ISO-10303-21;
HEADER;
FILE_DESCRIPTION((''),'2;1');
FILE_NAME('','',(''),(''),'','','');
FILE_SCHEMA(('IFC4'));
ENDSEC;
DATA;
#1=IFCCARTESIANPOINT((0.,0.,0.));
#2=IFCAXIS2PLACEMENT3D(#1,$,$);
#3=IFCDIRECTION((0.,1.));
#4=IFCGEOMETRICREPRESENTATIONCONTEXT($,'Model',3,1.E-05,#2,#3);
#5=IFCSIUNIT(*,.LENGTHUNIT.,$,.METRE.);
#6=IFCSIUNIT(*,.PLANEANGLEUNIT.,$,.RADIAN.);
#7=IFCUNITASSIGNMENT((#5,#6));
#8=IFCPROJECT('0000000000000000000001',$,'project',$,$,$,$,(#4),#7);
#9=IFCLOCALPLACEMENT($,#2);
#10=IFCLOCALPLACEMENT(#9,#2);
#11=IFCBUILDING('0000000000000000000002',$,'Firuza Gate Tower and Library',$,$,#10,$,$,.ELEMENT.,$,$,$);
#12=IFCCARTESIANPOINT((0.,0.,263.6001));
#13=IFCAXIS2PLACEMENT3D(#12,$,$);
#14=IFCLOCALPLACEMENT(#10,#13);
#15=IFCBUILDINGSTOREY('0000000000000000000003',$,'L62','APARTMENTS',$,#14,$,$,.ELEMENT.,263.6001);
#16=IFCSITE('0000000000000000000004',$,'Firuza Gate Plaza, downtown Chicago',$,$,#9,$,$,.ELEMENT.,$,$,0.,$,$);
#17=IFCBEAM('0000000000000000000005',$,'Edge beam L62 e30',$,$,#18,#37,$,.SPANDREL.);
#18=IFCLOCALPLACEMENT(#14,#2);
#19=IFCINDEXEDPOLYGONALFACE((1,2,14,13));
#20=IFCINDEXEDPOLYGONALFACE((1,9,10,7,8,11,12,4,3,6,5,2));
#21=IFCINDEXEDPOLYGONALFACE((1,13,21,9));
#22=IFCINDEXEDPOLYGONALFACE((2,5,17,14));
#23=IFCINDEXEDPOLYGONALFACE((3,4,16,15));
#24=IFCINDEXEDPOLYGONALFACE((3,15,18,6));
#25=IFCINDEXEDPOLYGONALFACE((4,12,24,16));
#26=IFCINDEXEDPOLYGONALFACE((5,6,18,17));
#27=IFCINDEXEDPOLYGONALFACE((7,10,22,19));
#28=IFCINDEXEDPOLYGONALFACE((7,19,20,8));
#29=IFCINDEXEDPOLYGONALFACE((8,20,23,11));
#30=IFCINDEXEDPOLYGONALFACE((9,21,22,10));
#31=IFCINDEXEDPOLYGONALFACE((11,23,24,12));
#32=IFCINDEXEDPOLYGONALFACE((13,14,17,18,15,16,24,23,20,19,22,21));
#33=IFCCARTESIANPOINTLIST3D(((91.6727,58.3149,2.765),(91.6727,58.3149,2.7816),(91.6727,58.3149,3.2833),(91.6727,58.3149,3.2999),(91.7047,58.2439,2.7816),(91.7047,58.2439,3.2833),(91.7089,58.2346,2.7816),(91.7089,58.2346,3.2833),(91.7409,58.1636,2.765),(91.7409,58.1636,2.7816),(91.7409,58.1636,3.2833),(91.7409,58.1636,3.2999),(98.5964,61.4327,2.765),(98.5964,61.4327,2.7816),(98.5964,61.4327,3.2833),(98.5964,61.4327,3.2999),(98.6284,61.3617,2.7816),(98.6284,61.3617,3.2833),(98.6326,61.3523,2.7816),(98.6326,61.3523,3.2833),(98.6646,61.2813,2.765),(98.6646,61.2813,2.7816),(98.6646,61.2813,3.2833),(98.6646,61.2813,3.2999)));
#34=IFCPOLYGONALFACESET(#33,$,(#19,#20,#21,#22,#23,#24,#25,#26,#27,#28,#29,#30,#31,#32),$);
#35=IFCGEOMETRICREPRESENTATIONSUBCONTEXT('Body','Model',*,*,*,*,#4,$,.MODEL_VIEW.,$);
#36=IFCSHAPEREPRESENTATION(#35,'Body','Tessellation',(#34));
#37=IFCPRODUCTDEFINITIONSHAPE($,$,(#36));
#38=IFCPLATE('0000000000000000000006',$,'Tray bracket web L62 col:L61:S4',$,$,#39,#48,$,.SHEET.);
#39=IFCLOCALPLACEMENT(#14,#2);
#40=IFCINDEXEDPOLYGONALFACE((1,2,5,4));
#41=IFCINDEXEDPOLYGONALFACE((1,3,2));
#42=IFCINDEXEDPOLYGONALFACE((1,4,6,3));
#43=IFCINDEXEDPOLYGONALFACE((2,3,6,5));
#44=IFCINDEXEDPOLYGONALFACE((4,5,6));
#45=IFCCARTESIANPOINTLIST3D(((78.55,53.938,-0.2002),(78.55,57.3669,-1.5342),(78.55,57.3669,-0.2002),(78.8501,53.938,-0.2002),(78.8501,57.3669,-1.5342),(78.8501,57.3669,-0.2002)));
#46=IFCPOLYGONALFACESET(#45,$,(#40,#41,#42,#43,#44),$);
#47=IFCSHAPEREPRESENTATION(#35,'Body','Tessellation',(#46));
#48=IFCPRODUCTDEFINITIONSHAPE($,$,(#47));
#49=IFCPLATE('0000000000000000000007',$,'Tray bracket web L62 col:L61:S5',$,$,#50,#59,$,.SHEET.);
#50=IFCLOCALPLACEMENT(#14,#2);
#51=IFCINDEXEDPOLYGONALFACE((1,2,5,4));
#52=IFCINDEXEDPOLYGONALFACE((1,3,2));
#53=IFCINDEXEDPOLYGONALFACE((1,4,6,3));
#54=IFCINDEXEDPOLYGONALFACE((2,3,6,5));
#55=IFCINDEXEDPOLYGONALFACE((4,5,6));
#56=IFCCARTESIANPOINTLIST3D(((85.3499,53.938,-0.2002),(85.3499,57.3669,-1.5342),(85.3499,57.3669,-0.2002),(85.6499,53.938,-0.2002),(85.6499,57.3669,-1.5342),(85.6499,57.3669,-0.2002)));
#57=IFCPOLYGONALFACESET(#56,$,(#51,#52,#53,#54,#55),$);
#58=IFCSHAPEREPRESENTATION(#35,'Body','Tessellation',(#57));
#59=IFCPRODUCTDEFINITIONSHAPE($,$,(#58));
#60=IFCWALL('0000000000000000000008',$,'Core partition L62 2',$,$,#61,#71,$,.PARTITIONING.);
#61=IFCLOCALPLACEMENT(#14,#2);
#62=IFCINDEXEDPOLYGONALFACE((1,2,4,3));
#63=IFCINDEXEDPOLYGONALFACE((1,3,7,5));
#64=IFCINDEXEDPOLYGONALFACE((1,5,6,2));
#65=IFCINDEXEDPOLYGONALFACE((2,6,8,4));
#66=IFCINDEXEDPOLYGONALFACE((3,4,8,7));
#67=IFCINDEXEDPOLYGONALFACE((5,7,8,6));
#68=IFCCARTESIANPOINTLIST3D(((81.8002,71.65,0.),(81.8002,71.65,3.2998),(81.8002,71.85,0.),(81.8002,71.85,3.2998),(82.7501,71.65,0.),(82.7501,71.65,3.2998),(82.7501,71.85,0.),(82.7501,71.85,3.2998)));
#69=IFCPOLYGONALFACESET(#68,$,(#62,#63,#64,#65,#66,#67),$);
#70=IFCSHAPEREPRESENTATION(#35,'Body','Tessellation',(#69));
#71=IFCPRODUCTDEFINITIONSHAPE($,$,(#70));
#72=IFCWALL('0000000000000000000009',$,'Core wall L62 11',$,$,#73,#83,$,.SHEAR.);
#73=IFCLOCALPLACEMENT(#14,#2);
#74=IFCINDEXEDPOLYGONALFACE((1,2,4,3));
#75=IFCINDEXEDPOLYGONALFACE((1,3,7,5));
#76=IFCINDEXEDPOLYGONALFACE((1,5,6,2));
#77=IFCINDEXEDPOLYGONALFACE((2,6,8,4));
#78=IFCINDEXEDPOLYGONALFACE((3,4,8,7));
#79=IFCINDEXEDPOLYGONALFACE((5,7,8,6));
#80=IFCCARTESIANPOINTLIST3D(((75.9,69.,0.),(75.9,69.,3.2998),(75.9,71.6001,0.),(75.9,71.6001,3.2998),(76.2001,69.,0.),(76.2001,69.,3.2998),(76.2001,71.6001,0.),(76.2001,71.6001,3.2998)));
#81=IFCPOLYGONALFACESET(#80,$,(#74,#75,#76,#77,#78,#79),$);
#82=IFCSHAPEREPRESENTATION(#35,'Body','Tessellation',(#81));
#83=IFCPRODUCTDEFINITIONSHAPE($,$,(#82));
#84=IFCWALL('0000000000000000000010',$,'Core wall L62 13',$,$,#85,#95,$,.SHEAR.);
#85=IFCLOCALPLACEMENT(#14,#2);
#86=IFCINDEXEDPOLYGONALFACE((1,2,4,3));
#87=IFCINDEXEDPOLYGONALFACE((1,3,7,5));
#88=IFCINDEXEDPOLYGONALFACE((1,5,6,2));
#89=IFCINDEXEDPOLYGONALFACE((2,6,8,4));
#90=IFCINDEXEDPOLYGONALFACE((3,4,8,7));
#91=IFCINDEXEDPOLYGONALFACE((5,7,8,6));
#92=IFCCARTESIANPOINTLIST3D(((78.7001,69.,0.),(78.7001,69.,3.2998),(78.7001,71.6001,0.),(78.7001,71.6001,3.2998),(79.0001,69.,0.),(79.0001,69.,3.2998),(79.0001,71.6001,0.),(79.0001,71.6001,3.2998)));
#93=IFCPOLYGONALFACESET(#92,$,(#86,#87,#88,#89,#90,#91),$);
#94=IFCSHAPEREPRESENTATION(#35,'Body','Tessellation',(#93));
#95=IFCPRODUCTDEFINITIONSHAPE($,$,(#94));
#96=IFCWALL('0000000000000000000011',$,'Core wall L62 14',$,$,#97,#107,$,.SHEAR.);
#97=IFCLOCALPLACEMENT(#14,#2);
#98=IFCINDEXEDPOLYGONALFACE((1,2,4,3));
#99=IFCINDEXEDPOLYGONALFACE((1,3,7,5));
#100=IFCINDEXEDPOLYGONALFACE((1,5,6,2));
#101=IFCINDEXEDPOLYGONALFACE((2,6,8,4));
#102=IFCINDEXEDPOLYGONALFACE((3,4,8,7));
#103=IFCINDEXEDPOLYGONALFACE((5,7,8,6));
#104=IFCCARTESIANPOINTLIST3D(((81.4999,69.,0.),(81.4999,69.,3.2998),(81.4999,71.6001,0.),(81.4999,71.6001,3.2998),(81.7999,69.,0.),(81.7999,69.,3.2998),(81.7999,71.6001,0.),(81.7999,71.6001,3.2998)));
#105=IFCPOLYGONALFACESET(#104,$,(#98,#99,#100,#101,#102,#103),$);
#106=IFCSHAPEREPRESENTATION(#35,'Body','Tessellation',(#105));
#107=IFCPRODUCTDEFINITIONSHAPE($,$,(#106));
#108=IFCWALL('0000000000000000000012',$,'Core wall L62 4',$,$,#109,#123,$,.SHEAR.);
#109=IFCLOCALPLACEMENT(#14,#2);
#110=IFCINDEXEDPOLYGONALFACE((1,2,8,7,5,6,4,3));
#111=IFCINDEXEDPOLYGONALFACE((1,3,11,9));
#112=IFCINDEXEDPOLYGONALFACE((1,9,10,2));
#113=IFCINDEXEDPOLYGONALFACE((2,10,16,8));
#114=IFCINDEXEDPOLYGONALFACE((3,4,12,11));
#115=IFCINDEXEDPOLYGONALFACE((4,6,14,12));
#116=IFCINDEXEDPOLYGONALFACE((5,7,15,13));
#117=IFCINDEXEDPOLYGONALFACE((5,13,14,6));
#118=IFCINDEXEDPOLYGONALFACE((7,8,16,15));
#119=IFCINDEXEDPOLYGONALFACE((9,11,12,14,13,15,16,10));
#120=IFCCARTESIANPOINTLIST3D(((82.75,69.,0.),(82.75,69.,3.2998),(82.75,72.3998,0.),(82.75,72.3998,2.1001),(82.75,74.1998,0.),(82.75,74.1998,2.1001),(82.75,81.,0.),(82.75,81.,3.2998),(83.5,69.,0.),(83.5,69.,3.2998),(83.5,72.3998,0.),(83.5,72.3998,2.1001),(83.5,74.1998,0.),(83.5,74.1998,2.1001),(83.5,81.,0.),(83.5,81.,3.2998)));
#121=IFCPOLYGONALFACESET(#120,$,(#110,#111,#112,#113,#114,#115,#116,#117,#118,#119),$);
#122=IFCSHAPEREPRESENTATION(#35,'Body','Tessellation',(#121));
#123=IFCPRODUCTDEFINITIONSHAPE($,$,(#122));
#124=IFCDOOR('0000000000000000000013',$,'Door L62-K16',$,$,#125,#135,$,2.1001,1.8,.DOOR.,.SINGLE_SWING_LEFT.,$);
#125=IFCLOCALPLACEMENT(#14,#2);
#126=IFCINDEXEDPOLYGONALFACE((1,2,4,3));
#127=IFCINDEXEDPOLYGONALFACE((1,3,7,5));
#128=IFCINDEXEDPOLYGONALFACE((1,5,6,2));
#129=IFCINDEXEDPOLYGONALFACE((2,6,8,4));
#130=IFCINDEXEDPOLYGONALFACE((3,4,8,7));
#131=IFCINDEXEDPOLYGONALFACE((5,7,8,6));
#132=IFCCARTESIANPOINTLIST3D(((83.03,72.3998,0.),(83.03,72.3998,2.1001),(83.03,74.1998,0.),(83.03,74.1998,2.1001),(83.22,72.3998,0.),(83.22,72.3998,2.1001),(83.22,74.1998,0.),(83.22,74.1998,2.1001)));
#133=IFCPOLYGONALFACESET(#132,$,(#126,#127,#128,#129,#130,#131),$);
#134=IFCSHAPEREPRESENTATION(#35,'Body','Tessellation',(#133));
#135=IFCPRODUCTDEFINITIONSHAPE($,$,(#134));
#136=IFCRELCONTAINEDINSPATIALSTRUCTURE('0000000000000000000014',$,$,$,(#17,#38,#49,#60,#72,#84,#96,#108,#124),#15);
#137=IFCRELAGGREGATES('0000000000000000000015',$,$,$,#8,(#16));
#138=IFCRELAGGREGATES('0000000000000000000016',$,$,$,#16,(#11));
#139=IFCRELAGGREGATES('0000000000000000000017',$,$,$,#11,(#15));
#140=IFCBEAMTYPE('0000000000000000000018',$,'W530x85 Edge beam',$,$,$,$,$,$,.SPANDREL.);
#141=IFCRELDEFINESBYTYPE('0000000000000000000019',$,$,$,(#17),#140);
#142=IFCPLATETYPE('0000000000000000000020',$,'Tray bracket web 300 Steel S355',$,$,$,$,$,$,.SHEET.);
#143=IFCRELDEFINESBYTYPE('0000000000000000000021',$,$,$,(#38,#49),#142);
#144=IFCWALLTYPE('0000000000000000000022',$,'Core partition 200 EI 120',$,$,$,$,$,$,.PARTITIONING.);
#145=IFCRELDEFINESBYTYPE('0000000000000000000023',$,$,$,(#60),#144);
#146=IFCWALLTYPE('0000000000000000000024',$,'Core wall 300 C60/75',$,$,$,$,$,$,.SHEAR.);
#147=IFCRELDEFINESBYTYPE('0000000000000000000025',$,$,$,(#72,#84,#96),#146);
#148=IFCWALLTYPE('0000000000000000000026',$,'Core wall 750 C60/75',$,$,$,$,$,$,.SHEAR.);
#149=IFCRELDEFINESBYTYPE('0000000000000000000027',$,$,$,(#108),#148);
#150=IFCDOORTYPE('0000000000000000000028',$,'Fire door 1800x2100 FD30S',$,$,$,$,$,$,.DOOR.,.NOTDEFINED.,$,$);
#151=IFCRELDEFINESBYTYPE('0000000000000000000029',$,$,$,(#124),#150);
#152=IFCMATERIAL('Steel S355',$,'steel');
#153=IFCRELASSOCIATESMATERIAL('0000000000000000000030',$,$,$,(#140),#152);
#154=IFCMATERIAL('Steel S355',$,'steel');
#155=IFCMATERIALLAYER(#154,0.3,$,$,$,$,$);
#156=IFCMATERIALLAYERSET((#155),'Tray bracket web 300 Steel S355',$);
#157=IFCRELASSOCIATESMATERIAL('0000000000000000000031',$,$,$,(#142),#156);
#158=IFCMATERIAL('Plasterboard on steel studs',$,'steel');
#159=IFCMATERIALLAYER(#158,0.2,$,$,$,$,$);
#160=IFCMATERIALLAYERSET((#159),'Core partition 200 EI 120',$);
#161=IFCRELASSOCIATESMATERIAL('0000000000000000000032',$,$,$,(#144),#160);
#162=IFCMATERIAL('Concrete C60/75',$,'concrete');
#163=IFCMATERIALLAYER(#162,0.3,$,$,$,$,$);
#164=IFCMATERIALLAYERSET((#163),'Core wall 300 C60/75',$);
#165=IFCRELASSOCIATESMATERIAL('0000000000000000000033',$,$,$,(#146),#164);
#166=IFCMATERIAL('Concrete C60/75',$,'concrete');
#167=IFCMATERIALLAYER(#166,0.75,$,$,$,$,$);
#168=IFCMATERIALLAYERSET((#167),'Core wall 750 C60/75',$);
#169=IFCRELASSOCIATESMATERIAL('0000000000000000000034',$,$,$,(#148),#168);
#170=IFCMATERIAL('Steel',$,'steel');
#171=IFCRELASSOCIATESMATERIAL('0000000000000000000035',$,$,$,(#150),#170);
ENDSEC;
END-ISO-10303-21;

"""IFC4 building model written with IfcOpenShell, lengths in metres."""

from ifc_helpers import new_model, si_unit, direction, frame, frame_2d, origin, origin_2d, place, context, subcontext, project, spatial, polyline, rectangle, i_section, outline, extrude, material, layer, layer_set, material_profile, profile_set, type_object, element, fill, save


model = new_model("IFC4")

# Units and contexts
model_context = context("Model", 3, precision=1e-05, world=origin(), true_north=direction((0.0, 1.0)))
body_context = subcontext(model_context, "Body", "Model", "MODEL_VIEW")
ifc_project = project(units=[si_unit("LENGTHUNIT", "METRE"), si_unit("PLANEANGLEUNIT", "RADIAN")], contexts=[model_context])

# Site, building, storey
site_placement = place(None, origin())
site = spatial("IfcSite", under=ifc_project, at=site_placement, Name="Firuza Gate Plaza, downtown Chicago", CompositionType="ELEMENT", RefElevation=0.0)
building_placement = place(site_placement, origin())
building = spatial("IfcBuilding", under=site, at=building_placement, Name="Firuza Gate Tower and Library", CompositionType="ELEMENT")
storey_placement = place(building_placement, frame((0.0, 0.0, 263.6001)))
storey = spatial("IfcBuildingStorey", under=building, at=storey_placement, Name="L62", Description="APARTMENTS", CompositionType="ELEMENT", Elevation=263.6001)

# Beam
ifc_material_1 = material(Name="Steel S355", Category="steel")
ifc_material_profile_1 = material_profile(ifc_material_1, i_section(OverallWidth=0.166, OverallDepth=0.5349, WebThickness=0.0103, FlangeThickness=0.0166, at=origin_2d()))
ifc_profile_set_1 = profile_set([ifc_material_profile_1], Name="Steel S355")
beam_type_1 = type_object("IfcBeamType", Name="W530x85 Edge beam", PredefinedType="SPANDREL", material=ifc_profile_set_1)
beam_1_placement = place(storey_placement, frame((91.7068, 58.2393, 3.0325), z_axis=(0.91182, 0.410591, 0.0), x_axis=(-0.410591, 0.91182, 0.0)))
element("IfcBeam", 1, at=beam_1_placement, inside=storey, type_object=beam_type_1, Name="Edge beam L62 e30", PredefinedType="SPANDREL", context=body_context, shape_type="SweptSolid", body=[
    extrude(i_section(OverallWidth=0.166, OverallDepth=0.5349, WebThickness=0.0103, FlangeThickness=0.0166, at=origin_2d()), origin(), (0.0, 0.0, 1.0), 7.5933),
])

# Plates
ifc_material_2 = material(Name="Steel S355", Category="steel")
ifc_layer_1 = layer(ifc_material_2, 0.3)
ifc_layer_set_1 = layer_set([ifc_layer_1], Name="Tray bracket web 300 Steel S355")
plate_type = type_object("IfcPlateType", Name="Tray bracket web 300 Steel S355", PredefinedType="SHEET", material=ifc_layer_set_1)
for number, where, z_axis, x_axis, name in (
    (2, (78.8501, 57.3669, -0.2002), (1.0, 0.0, 0.0), (0.0, -1.0, 0.0), "Tray bracket web L62 col:L61:S4"),
    (3, (85.6499, 57.3669, -0.2002), (1.0, 0.0, 0.0), (0.0, -1.0, 0.0), "Tray bracket web L62 col:L61:S5"),
):
    element("IfcPlate", number, at=place(storey_placement, frame(where, z_axis=z_axis, x_axis=x_axis)), inside=storey, type_object=plate_type, Name=name, PredefinedType="SHEET", context=body_context, shape_type="SweptSolid", body=[
        extrude(outline(polyline([(0.0, 0.0), (3.429, 0.0), (0.0, 1.334), (0.0, 0.0)])), origin(), (0.0, 0.0, -1.0), 0.3),
    ])

# Walls
ifc_material_3 = material(Name="Plasterboard on steel studs", Category="steel")
ifc_layer_2 = layer(ifc_material_3, 0.2)
ifc_layer_set_2 = layer_set([ifc_layer_2], Name="Core partition 200 EI 120")
wall_type_1 = type_object("IfcWallType", Name="Core partition 200 EI 120", PredefinedType="PARTITIONING", material=ifc_layer_set_2)
wall_1_placement = place(storey_placement, frame((81.8, 71.75, 0.0), z_axis=(0.0, 0.0, 1.0), x_axis=(1.0, 0.0, 0.0)))
element("IfcWall", 4, at=wall_1_placement, inside=storey, type_object=wall_type_1, Name="Core partition L62 2", PredefinedType="PARTITIONING", context=body_context, shape_type="SweptSolid", body=[
    extrude(rectangle(XDim=0.95, YDim=0.2, at=frame_2d((0.4751, 0.0))), origin(), (0.0, 0.0, 1.0), 3.2998),
])
ifc_material_4 = material(Name="Concrete C60/75", Category="concrete")
ifc_layer_3 = layer(ifc_material_4, 0.3)
ifc_layer_set_3 = layer_set([ifc_layer_3], Name="Core wall 300 C60/75")
wall_type_2 = type_object("IfcWallType", Name="Core wall 300 C60/75", PredefinedType="SHEAR", material=ifc_layer_set_3)
for number, where, z_axis, x_axis, name in (
    (5, (76.05, 69.0, 0.0), (0.0, 0.0, 1.0), (0.0, 1.0, 0.0), "Core wall L62 11"),
    (6, (78.8501, 69.0, 0.0), (0.0, 0.0, 1.0), (0.0, 1.0, 0.0), "Core wall L62 13"),
    (7, (81.6499, 69.0, 0.0), (0.0, 0.0, 1.0), (0.0, 1.0, 0.0), "Core wall L62 14"),
):
    element("IfcWall", number, at=place(storey_placement, frame(where, z_axis=z_axis, x_axis=x_axis)), inside=storey, type_object=wall_type_2, Name=name, PredefinedType="SHEAR", context=body_context, shape_type="SweptSolid", body=[
        extrude(rectangle(XDim=2.6001, YDim=0.3, at=frame_2d((1.3, 0.0))), origin(), (0.0, 0.0, 1.0), 3.2998),
    ])

# Wall, opening, door
ifc_material_5 = material(Name="Concrete C60/75", Category="concrete")
ifc_layer_4 = layer(ifc_material_5, 0.75)
ifc_layer_set_4 = layer_set([ifc_layer_4], Name="Core wall 750 C60/75")
wall_type_3 = type_object("IfcWallType", Name="Core wall 750 C60/75", PredefinedType="SHEAR", material=ifc_layer_set_4)
wall_2_placement = place(storey_placement, frame((83.125, 69.0, 0.0), z_axis=(0.0, 0.0, 1.0), x_axis=(0.0, 1.0, 0.0)))
wall_2 = element("IfcWall", 8, at=wall_2_placement, inside=storey, type_object=wall_type_3, Name="Core wall L62 4", PredefinedType="SHEAR", context=body_context, shape_type="SweptSolid", body=[
    extrude(rectangle(XDim=12.0, YDim=0.75, at=frame_2d((6.0, 0.0))), origin(), (0.0, 0.0, 1.0), 3.2998),
])
opening_1_placement = place(wall_2_placement, frame((3.3999, 0.0, 0.0)))
opening_1 = element("IfcOpeningElement", 9, at=opening_1_placement, cuts=wall_2, PredefinedType="OPENING", context=body_context, shape_type="SweptSolid", body=[
    extrude(rectangle(XDim=1.8, YDim=2.1001, at=frame_2d((0.8999, 1.05))), frame((0.0, 0.385, 0.0), z_axis=(0.0, -1.0, 0.0), x_axis=(1.0, 0.0, 0.0)), (0.0, 0.0, 1.0), 0.77),
])
ifc_material_6 = material(Name="Steel", Category="steel")
door_type_1 = type_object("IfcDoorType", Name="Fire door 1800x2100 FD30S", OperationType="NOTDEFINED", PredefinedType="DOOR", material=ifc_material_6)
door_1_placement = place(opening_1_placement, origin())
door_1 = element("IfcDoor", 10, at=door_1_placement, inside=storey, type_object=door_type_1, Name="Door L62-K16", OperationType="SINGLE_SWING_LEFT", OverallHeight=2.1001, OverallWidth=1.8, PredefinedType="DOOR", context=body_context, shape_type="SweptSolid", body=[
    extrude(rectangle(XDim=1.8, YDim=2.1001, at=frame_2d((0.8999, 1.05))), frame((0.0, 0.095, 0.0), z_axis=(0.0, -1.0, 0.0), x_axis=(1.0, 0.0, 0.0)), (0.0, 0.0, 1.0), 0.1899),
])
fill(opening_1, door_1)

save(model, "model.ifc")
